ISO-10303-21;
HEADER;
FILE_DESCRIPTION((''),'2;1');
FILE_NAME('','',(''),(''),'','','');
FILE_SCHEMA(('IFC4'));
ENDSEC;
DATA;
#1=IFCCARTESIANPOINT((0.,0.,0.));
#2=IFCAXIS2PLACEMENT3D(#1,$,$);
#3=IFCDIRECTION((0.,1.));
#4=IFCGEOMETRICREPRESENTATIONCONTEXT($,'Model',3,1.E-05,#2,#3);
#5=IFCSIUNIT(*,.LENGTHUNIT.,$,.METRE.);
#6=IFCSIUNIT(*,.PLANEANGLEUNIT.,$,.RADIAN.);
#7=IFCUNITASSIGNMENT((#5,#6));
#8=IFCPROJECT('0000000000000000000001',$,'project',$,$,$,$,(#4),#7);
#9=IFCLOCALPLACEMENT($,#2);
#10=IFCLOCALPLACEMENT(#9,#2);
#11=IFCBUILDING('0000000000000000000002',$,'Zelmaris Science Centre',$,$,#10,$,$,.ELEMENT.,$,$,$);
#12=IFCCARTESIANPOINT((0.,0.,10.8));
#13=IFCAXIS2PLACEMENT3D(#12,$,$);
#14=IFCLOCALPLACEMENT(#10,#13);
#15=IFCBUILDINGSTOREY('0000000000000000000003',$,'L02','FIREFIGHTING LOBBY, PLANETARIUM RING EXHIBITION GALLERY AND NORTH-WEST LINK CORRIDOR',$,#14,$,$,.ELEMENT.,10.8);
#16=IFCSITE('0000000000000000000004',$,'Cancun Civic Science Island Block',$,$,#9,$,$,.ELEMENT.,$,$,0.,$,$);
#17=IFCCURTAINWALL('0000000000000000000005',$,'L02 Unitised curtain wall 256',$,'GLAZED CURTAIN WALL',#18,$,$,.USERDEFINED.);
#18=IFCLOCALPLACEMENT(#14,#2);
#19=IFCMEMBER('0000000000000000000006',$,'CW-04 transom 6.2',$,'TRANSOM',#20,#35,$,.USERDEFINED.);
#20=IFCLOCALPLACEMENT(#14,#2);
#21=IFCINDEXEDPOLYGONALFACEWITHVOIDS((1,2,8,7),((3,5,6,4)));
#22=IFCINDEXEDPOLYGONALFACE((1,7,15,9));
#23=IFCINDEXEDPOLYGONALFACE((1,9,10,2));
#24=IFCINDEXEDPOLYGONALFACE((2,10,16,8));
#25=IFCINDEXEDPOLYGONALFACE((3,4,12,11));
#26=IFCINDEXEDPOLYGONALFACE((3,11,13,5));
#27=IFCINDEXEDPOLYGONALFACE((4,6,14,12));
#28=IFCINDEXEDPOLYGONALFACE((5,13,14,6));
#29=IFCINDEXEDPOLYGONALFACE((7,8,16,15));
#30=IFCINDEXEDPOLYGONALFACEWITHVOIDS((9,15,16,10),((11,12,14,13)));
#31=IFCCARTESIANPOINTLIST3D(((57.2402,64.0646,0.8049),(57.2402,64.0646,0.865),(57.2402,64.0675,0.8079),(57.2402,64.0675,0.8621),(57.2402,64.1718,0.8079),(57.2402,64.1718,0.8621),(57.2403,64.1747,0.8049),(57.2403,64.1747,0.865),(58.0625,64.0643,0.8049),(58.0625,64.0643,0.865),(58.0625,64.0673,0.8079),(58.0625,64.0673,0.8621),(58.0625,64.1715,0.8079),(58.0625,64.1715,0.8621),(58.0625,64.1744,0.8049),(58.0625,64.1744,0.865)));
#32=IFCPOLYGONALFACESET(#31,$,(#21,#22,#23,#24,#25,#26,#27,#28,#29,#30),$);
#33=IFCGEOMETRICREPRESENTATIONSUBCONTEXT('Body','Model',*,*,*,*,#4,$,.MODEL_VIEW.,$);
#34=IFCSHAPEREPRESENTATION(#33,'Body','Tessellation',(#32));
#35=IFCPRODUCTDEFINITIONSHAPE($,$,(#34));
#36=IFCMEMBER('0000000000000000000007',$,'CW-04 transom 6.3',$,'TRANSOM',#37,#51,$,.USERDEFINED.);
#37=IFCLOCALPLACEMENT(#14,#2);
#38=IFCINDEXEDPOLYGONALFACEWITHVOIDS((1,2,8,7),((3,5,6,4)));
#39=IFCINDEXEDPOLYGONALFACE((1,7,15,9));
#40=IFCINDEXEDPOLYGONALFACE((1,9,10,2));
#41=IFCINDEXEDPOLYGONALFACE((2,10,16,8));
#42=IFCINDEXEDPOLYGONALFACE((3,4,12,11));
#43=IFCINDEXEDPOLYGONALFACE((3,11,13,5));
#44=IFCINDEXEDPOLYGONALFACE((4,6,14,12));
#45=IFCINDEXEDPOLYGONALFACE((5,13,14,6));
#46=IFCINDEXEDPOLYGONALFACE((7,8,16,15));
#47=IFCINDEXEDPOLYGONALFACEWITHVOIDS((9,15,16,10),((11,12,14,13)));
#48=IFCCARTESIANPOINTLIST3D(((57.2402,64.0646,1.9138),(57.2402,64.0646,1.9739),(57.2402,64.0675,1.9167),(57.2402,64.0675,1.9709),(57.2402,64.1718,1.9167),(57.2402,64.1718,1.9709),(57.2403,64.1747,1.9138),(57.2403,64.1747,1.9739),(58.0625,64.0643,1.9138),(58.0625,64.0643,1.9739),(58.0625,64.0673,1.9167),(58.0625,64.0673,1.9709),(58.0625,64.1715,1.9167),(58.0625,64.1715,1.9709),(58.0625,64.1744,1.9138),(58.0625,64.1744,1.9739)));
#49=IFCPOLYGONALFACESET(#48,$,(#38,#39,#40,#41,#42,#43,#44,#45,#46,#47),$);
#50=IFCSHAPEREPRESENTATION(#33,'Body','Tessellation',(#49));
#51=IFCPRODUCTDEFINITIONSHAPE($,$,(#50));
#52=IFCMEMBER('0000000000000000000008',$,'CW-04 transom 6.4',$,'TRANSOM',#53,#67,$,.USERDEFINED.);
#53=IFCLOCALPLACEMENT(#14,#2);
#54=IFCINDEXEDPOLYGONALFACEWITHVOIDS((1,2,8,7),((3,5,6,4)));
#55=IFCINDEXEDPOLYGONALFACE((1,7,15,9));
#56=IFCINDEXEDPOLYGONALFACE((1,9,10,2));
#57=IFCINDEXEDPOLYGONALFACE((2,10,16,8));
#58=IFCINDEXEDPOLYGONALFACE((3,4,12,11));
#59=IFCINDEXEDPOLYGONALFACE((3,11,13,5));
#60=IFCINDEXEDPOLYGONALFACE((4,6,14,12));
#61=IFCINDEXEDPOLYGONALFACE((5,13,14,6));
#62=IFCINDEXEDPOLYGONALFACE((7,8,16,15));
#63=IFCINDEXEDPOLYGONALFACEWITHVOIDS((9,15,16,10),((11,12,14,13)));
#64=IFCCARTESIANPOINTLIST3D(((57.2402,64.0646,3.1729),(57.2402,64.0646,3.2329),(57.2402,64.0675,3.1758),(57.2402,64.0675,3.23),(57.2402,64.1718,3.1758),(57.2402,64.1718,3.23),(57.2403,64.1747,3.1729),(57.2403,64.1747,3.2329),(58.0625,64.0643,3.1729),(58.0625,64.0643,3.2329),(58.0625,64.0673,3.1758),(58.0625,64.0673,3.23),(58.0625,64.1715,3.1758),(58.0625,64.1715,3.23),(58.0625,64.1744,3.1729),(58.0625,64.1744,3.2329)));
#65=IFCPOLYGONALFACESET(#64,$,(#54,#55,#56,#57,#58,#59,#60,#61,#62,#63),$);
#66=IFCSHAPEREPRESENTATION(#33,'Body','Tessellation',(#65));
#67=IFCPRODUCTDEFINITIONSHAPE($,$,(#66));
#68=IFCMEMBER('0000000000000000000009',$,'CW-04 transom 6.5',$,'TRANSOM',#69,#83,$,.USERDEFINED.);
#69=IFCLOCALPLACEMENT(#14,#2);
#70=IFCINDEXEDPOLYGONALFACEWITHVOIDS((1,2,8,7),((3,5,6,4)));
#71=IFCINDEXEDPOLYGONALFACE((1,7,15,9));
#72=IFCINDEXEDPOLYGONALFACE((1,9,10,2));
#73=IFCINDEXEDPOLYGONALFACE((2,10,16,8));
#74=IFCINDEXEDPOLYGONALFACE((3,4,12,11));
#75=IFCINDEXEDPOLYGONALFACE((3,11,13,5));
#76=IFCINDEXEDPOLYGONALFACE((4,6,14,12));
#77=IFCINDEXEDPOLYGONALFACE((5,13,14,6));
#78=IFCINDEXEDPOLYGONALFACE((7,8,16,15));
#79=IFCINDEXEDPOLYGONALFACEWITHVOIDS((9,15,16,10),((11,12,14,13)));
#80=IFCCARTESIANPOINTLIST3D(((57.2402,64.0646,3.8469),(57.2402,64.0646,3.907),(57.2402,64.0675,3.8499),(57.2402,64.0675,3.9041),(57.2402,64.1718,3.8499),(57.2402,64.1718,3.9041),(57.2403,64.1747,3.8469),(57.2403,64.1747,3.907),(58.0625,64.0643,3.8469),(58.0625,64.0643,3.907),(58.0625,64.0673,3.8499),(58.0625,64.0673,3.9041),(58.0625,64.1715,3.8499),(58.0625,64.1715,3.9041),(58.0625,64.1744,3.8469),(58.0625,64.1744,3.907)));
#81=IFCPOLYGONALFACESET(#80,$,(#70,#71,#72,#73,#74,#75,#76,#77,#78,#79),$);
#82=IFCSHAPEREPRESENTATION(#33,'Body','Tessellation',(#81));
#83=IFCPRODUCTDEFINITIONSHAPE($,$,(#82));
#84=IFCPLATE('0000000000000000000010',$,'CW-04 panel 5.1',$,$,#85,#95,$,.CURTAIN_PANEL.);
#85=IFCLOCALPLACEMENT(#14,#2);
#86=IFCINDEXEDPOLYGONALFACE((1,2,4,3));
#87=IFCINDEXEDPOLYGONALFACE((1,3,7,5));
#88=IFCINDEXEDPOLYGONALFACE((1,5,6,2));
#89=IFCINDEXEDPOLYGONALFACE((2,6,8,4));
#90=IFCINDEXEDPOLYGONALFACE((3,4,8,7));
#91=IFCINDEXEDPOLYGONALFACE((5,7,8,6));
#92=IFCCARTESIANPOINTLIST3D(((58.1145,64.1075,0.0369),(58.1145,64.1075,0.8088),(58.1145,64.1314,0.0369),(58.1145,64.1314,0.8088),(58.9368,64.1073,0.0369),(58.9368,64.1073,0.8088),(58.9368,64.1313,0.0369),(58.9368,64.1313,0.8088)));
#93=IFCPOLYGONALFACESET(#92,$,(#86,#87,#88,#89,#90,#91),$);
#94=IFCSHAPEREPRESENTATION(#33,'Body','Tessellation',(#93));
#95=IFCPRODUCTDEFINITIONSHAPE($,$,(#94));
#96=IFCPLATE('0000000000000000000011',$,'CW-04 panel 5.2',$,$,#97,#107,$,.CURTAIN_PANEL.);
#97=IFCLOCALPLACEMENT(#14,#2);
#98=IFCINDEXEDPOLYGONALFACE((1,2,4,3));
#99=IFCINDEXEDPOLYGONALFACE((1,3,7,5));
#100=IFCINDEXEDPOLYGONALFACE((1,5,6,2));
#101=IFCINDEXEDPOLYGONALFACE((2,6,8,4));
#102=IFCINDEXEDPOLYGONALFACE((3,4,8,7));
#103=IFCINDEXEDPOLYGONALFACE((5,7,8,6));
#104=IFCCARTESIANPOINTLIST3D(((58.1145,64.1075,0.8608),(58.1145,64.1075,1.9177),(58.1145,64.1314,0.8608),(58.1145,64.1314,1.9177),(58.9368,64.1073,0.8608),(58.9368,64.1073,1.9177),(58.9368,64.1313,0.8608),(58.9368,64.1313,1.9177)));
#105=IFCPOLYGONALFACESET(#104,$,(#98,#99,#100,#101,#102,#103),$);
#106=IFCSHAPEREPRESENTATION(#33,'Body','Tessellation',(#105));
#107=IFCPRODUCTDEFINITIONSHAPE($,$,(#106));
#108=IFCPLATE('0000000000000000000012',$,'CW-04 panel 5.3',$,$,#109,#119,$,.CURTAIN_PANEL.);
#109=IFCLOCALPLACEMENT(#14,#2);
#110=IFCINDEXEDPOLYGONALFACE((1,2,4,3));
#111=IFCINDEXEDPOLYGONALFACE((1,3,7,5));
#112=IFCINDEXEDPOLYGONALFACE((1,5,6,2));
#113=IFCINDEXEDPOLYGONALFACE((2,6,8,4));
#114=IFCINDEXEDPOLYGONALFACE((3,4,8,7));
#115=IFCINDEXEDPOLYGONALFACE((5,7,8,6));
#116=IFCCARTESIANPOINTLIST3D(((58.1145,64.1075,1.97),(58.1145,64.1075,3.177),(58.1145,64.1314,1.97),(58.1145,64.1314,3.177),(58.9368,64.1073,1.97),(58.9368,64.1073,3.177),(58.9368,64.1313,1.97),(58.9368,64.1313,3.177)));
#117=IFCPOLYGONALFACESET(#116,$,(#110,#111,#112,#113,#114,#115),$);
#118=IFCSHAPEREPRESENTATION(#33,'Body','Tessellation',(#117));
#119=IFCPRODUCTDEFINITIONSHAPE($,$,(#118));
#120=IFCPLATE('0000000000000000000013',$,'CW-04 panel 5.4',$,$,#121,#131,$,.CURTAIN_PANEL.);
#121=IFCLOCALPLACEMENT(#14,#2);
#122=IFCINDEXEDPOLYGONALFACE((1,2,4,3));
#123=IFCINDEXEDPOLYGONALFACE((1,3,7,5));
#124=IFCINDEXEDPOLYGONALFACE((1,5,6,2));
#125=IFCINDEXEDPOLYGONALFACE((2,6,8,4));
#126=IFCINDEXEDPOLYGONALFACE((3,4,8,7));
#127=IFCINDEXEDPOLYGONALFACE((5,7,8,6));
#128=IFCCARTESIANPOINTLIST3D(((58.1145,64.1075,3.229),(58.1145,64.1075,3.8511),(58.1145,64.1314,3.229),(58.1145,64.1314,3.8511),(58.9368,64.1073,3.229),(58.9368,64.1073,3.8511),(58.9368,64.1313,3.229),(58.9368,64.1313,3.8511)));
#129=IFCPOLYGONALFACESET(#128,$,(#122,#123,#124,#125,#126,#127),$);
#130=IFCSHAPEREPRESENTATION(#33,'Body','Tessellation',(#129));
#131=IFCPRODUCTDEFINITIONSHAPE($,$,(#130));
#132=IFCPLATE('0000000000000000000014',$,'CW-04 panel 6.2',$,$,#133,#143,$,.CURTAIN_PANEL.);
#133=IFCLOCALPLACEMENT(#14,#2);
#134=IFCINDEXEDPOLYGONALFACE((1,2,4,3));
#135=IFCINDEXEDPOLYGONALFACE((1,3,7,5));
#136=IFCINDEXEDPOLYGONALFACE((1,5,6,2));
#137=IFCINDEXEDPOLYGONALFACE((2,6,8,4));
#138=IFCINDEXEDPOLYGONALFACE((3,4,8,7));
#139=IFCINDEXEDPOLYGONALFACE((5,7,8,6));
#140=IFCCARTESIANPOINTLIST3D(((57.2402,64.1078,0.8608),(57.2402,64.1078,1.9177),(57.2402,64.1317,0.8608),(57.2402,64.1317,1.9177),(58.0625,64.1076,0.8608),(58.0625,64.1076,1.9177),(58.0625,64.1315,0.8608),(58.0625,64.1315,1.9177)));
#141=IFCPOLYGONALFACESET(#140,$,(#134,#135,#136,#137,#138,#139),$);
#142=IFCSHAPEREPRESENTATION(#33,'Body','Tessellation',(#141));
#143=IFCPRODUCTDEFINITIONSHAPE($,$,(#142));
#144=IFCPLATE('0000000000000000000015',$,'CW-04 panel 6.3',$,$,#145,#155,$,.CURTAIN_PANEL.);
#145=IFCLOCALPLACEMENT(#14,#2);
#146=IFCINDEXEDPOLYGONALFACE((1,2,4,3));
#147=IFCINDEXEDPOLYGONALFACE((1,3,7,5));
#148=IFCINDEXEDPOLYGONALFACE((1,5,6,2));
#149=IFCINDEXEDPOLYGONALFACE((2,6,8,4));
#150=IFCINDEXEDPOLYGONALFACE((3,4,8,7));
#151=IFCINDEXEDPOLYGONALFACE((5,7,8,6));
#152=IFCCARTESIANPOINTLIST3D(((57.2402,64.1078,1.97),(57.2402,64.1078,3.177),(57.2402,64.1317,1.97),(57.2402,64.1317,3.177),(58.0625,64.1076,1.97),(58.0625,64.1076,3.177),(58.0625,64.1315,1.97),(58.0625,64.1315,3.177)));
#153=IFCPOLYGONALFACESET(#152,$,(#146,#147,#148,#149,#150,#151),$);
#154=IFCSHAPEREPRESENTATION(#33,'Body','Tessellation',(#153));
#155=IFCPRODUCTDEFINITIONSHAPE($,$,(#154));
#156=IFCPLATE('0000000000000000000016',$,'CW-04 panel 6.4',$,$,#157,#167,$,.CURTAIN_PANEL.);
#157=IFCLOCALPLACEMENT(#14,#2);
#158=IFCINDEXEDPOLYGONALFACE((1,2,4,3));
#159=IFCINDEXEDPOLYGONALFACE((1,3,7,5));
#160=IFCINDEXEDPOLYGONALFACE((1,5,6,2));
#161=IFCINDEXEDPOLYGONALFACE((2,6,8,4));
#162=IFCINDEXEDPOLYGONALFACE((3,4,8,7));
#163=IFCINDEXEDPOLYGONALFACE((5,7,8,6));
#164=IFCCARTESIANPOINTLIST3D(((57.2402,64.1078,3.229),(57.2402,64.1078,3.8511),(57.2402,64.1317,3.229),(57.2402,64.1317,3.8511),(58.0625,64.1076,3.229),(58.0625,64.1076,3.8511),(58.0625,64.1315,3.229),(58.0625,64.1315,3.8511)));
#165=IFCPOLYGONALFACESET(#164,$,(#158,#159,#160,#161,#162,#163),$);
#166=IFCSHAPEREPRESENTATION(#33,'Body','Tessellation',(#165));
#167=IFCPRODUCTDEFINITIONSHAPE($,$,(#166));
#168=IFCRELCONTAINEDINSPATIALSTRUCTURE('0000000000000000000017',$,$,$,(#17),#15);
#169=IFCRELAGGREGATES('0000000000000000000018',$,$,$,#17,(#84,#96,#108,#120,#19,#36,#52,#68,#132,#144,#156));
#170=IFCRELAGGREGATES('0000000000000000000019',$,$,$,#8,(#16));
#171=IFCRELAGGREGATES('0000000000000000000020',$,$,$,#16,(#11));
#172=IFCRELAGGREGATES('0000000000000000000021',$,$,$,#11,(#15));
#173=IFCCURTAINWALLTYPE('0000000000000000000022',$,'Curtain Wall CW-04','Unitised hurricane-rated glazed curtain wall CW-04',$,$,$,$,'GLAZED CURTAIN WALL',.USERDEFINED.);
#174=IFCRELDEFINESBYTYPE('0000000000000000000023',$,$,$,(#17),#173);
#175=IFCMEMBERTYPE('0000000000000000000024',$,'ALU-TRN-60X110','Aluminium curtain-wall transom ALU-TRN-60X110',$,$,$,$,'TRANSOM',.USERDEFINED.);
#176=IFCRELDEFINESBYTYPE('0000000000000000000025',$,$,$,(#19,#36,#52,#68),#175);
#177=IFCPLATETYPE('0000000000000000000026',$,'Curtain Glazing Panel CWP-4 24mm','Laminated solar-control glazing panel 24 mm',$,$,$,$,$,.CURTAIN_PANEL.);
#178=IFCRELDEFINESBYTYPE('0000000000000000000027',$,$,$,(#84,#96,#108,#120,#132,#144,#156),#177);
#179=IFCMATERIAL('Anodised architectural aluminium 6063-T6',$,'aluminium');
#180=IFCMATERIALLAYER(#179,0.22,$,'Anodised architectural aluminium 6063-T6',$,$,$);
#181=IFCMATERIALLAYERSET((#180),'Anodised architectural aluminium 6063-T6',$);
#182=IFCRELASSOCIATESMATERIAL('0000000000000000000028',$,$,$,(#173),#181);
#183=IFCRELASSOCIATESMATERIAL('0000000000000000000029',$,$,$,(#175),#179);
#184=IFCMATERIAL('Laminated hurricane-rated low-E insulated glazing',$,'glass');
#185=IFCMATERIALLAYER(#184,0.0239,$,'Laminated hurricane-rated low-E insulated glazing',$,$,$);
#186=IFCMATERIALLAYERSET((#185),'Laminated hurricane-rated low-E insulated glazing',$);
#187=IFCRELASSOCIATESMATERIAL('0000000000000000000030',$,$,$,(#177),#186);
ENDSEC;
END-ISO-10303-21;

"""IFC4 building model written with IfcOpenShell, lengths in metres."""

from ifc_helpers import new_model, si_unit, direction, frame, origin, origin_2d, place, context, subcontext, project, spatial, rectangle, hollow_rectangle, extrude, material, layer, layer_set, material_profile, profile_set, type_object, element, aggregate, save


model = new_model("IFC4")

# Units and contexts
model_context = context("Model", 3, precision=1e-05, world=origin(), true_north=direction((0.0, 1.0)))
body_context = subcontext(model_context, "Body", "Model", "MODEL_VIEW")
ifc_project = project(units=[si_unit("LENGTHUNIT", "METRE"), si_unit("PLANEANGLEUNIT", "RADIAN")], contexts=[model_context])

# Site, building, storey
site_placement = place(None, origin())
site = spatial("IfcSite", under=ifc_project, at=site_placement, Name="Cancun Civic Science Island Block", CompositionType="ELEMENT", RefElevation=0.0)
building_placement = place(site_placement, origin())
building = spatial("IfcBuilding", under=site, at=building_placement, Name="Zelmaris Science Centre", CompositionType="ELEMENT")
storey_placement = place(building_placement, frame((0.0, 0.0, 10.8)))
storey = spatial("IfcBuildingStorey", under=building, at=storey_placement, Name="L02", Description="FIREFIGHTING LOBBY, PLANETARIUM RING EXHIBITION GALLERY AND NORTH-WEST LINK CORRIDOR", CompositionType="ELEMENT", Elevation=10.8)

# Curtain wall, members, plates
ifc_material_1 = material(Name="Anodised architectural aluminium 6063-T6", Category="aluminium")
ifc_layer_1 = layer(ifc_material_1, 0.22, Name="Anodised architectural aluminium 6063-T6")
ifc_layer_set_1 = layer_set([ifc_layer_1], Name="Anodised architectural aluminium 6063-T6")
curtain_wall_type = type_object("IfcCurtainWallType", Name="Curtain Wall CW-04", Description="Unitised hurricane-rated glazed curtain wall CW-04", ElementType="GLAZED CURTAIN WALL", PredefinedType="USERDEFINED", material=ifc_layer_set_1)
curtain_wall_placement = place(storey_placement, origin())
curtain_wall = element("IfcCurtainWall", 1, at=curtain_wall_placement, inside=storey, type_object=curtain_wall_type, Name="L02 Unitised curtain wall 256", ObjectType="GLAZED CURTAIN WALL", PredefinedType="USERDEFINED")
ifc_material_profile_1 = material_profile(ifc_material_1, hollow_rectangle(XDim=0.0601, YDim=0.1101, WallThickness=0.0029, at=origin_2d()), Name="ALU-TRN-60X110")
ifc_profile_set_1 = profile_set([ifc_material_profile_1], Name="Anodised architectural aluminium 6063-T6")
member_type_1 = type_object("IfcMemberType", Name="ALU-TRN-60X110", Description="Aluminium curtain-wall transom ALU-TRN-60X110", ElementType="TRANSOM", PredefinedType="USERDEFINED", material=ifc_profile_set_1)
member_1_placement = place(storey_placement, frame((58.0625, 64.1194, 0.835), z_axis=(-1.0, 0.000297, 0.0), x_axis=(0.0, 0.0, 1.0)))
member_1 = element("IfcMember", 2, at=member_1_placement, type_object=member_type_1, Name="CW-04 transom 6.2", ObjectType="TRANSOM", PredefinedType="USERDEFINED", context=body_context, shape_type="SweptSolid", body=[
    extrude(hollow_rectangle(XDim=0.0601, YDim=0.1101, WallThickness=0.0029, at=origin_2d()), origin(), (0.0, 0.0, 1.0), 0.8223),
])
member_2_placement = place(storey_placement, frame((58.0625, 64.1194, 1.9438), z_axis=(-1.0, 0.000297, 0.0), x_axis=(0.0, 0.0, 1.0)))
member_2 = element("IfcMember", 3, at=member_2_placement, type_object=member_type_1, Name="CW-04 transom 6.3", ObjectType="TRANSOM", PredefinedType="USERDEFINED", context=body_context, shape_type="SweptSolid", body=[
    extrude(hollow_rectangle(XDim=0.0601, YDim=0.1101, WallThickness=0.0029, at=origin_2d()), origin(), (0.0, 0.0, 1.0), 0.8223),
])
member_3_placement = place(storey_placement, frame((58.0625, 64.1194, 3.2029), z_axis=(-1.0, 0.000297, 0.0), x_axis=(0.0, 0.0, 1.0)))
member_3 = element("IfcMember", 4, at=member_3_placement, type_object=member_type_1, Name="CW-04 transom 6.4", ObjectType="TRANSOM", PredefinedType="USERDEFINED", context=body_context, shape_type="SweptSolid", body=[
    extrude(hollow_rectangle(XDim=0.0601, YDim=0.1101, WallThickness=0.0029, at=origin_2d()), origin(), (0.0, 0.0, 1.0), 0.8223),
])
member_4_placement = place(storey_placement, frame((58.0625, 64.1194, 3.877), z_axis=(-1.0, 0.000297, 0.0), x_axis=(0.0, 0.0, 1.0)))
member_4 = element("IfcMember", 5, at=member_4_placement, type_object=member_type_1, Name="CW-04 transom 6.5", ObjectType="TRANSOM", PredefinedType="USERDEFINED", context=body_context, shape_type="SweptSolid", body=[
    extrude(hollow_rectangle(XDim=0.0601, YDim=0.1101, WallThickness=0.0029, at=origin_2d()), origin(), (0.0, 0.0, 1.0), 0.8223),
])
ifc_material_2 = material(Name="Laminated hurricane-rated low-E insulated glazing", Category="glass")
ifc_layer_2 = layer(ifc_material_2, 0.0239, Name="Laminated hurricane-rated low-E insulated glazing")
ifc_layer_set_2 = layer_set([ifc_layer_2], Name="Laminated hurricane-rated low-E insulated glazing")
plate_type = type_object("IfcPlateType", Name="Curtain Glazing Panel CWP-4 24mm", Description="Laminated solar-control glazing panel 24 mm", PredefinedType="CURTAIN_PANEL", material=ifc_layer_set_2)
plate_1_placement = place(storey_placement, frame((58.5256, 64.1194, 0.0369), z_axis=(0.0, 0.0, 1.0), x_axis=(-1.0, 0.000229, 0.0)))
plate_1 = element("IfcPlate", 6, at=plate_1_placement, type_object=plate_type, Name="CW-04 panel 5.1", PredefinedType="CURTAIN_PANEL", context=body_context, shape_type="SweptSolid", body=[
    extrude(rectangle(XDim=0.8223, YDim=0.0239, at=origin_2d()), origin(), (0.0, 0.0, 1.0), 0.772),
])
plate_2_placement = place(storey_placement, frame((58.5256, 64.1194, 0.8608), z_axis=(0.0, 0.0, 1.0), x_axis=(-1.0, 0.000229, 0.0)))
plate_2 = element("IfcPlate", 7, at=plate_2_placement, type_object=plate_type, Name="CW-04 panel 5.2", PredefinedType="CURTAIN_PANEL", context=body_context, shape_type="SweptSolid", body=[
    extrude(rectangle(XDim=0.8223, YDim=0.0239, at=origin_2d()), origin(), (0.0, 0.0, 1.0), 1.0569),
])
plate_3_placement = place(storey_placement, frame((58.5256, 64.1194, 1.97), z_axis=(0.0, 0.0, 1.0), x_axis=(-1.0, 0.000229, 0.0)))
plate_3 = element("IfcPlate", 8, at=plate_3_placement, type_object=plate_type, Name="CW-04 panel 5.3", PredefinedType="CURTAIN_PANEL", context=body_context, shape_type="SweptSolid", body=[
    extrude(rectangle(XDim=0.8223, YDim=0.0239, at=origin_2d()), origin(), (0.0, 0.0, 1.0), 1.207),
])
plate_4_placement = place(storey_placement, frame((58.5256, 64.1194, 3.229), z_axis=(0.0, 0.0, 1.0), x_axis=(-1.0, 0.000229, 0.0)))
plate_4 = element("IfcPlate", 9, at=plate_4_placement, type_object=plate_type, Name="CW-04 panel 5.4", PredefinedType="CURTAIN_PANEL", context=body_context, shape_type="SweptSolid", body=[
    extrude(rectangle(XDim=0.8223, YDim=0.0239, at=origin_2d()), origin(), (0.0, 0.0, 1.0), 0.6221),
])
plate_5_placement = place(storey_placement, frame((57.6514, 64.1196, 0.8608), z_axis=(0.0, 0.0, 1.0), x_axis=(-1.0, 0.000229, 0.0)))
plate_5 = element("IfcPlate", 10, at=plate_5_placement, type_object=plate_type, Name="CW-04 panel 6.2", PredefinedType="CURTAIN_PANEL", context=body_context, shape_type="SweptSolid", body=[
    extrude(rectangle(XDim=0.8223, YDim=0.0239, at=origin_2d()), origin(), (0.0, 0.0, 1.0), 1.0569),
])
plate_6_placement = place(storey_placement, frame((57.6514, 64.1196, 1.97), z_axis=(0.0, 0.0, 1.0), x_axis=(-1.0, 0.000229, 0.0)))
plate_6 = element("IfcPlate", 11, at=plate_6_placement, type_object=plate_type, Name="CW-04 panel 6.3", PredefinedType="CURTAIN_PANEL", context=body_context, shape_type="SweptSolid", body=[
    extrude(rectangle(XDim=0.8223, YDim=0.0239, at=origin_2d()), origin(), (0.0, 0.0, 1.0), 1.207),
])
plate_7_placement = place(storey_placement, frame((57.6514, 64.1196, 3.229), z_axis=(0.0, 0.0, 1.0), x_axis=(-1.0, 0.000229, 0.0)))
plate_7 = element("IfcPlate", 12, at=plate_7_placement, type_object=plate_type, Name="CW-04 panel 6.4", PredefinedType="CURTAIN_PANEL", context=body_context, shape_type="SweptSolid", body=[
    extrude(rectangle(XDim=0.8223, YDim=0.0239, at=origin_2d()), origin(), (0.0, 0.0, 1.0), 0.6221),
])
aggregate(curtain_wall, [plate_1, plate_2, plate_3, plate_4, member_1, member_2, member_3, member_4, plate_5, plate_6, plate_7])

save(model, "model.ifc")
